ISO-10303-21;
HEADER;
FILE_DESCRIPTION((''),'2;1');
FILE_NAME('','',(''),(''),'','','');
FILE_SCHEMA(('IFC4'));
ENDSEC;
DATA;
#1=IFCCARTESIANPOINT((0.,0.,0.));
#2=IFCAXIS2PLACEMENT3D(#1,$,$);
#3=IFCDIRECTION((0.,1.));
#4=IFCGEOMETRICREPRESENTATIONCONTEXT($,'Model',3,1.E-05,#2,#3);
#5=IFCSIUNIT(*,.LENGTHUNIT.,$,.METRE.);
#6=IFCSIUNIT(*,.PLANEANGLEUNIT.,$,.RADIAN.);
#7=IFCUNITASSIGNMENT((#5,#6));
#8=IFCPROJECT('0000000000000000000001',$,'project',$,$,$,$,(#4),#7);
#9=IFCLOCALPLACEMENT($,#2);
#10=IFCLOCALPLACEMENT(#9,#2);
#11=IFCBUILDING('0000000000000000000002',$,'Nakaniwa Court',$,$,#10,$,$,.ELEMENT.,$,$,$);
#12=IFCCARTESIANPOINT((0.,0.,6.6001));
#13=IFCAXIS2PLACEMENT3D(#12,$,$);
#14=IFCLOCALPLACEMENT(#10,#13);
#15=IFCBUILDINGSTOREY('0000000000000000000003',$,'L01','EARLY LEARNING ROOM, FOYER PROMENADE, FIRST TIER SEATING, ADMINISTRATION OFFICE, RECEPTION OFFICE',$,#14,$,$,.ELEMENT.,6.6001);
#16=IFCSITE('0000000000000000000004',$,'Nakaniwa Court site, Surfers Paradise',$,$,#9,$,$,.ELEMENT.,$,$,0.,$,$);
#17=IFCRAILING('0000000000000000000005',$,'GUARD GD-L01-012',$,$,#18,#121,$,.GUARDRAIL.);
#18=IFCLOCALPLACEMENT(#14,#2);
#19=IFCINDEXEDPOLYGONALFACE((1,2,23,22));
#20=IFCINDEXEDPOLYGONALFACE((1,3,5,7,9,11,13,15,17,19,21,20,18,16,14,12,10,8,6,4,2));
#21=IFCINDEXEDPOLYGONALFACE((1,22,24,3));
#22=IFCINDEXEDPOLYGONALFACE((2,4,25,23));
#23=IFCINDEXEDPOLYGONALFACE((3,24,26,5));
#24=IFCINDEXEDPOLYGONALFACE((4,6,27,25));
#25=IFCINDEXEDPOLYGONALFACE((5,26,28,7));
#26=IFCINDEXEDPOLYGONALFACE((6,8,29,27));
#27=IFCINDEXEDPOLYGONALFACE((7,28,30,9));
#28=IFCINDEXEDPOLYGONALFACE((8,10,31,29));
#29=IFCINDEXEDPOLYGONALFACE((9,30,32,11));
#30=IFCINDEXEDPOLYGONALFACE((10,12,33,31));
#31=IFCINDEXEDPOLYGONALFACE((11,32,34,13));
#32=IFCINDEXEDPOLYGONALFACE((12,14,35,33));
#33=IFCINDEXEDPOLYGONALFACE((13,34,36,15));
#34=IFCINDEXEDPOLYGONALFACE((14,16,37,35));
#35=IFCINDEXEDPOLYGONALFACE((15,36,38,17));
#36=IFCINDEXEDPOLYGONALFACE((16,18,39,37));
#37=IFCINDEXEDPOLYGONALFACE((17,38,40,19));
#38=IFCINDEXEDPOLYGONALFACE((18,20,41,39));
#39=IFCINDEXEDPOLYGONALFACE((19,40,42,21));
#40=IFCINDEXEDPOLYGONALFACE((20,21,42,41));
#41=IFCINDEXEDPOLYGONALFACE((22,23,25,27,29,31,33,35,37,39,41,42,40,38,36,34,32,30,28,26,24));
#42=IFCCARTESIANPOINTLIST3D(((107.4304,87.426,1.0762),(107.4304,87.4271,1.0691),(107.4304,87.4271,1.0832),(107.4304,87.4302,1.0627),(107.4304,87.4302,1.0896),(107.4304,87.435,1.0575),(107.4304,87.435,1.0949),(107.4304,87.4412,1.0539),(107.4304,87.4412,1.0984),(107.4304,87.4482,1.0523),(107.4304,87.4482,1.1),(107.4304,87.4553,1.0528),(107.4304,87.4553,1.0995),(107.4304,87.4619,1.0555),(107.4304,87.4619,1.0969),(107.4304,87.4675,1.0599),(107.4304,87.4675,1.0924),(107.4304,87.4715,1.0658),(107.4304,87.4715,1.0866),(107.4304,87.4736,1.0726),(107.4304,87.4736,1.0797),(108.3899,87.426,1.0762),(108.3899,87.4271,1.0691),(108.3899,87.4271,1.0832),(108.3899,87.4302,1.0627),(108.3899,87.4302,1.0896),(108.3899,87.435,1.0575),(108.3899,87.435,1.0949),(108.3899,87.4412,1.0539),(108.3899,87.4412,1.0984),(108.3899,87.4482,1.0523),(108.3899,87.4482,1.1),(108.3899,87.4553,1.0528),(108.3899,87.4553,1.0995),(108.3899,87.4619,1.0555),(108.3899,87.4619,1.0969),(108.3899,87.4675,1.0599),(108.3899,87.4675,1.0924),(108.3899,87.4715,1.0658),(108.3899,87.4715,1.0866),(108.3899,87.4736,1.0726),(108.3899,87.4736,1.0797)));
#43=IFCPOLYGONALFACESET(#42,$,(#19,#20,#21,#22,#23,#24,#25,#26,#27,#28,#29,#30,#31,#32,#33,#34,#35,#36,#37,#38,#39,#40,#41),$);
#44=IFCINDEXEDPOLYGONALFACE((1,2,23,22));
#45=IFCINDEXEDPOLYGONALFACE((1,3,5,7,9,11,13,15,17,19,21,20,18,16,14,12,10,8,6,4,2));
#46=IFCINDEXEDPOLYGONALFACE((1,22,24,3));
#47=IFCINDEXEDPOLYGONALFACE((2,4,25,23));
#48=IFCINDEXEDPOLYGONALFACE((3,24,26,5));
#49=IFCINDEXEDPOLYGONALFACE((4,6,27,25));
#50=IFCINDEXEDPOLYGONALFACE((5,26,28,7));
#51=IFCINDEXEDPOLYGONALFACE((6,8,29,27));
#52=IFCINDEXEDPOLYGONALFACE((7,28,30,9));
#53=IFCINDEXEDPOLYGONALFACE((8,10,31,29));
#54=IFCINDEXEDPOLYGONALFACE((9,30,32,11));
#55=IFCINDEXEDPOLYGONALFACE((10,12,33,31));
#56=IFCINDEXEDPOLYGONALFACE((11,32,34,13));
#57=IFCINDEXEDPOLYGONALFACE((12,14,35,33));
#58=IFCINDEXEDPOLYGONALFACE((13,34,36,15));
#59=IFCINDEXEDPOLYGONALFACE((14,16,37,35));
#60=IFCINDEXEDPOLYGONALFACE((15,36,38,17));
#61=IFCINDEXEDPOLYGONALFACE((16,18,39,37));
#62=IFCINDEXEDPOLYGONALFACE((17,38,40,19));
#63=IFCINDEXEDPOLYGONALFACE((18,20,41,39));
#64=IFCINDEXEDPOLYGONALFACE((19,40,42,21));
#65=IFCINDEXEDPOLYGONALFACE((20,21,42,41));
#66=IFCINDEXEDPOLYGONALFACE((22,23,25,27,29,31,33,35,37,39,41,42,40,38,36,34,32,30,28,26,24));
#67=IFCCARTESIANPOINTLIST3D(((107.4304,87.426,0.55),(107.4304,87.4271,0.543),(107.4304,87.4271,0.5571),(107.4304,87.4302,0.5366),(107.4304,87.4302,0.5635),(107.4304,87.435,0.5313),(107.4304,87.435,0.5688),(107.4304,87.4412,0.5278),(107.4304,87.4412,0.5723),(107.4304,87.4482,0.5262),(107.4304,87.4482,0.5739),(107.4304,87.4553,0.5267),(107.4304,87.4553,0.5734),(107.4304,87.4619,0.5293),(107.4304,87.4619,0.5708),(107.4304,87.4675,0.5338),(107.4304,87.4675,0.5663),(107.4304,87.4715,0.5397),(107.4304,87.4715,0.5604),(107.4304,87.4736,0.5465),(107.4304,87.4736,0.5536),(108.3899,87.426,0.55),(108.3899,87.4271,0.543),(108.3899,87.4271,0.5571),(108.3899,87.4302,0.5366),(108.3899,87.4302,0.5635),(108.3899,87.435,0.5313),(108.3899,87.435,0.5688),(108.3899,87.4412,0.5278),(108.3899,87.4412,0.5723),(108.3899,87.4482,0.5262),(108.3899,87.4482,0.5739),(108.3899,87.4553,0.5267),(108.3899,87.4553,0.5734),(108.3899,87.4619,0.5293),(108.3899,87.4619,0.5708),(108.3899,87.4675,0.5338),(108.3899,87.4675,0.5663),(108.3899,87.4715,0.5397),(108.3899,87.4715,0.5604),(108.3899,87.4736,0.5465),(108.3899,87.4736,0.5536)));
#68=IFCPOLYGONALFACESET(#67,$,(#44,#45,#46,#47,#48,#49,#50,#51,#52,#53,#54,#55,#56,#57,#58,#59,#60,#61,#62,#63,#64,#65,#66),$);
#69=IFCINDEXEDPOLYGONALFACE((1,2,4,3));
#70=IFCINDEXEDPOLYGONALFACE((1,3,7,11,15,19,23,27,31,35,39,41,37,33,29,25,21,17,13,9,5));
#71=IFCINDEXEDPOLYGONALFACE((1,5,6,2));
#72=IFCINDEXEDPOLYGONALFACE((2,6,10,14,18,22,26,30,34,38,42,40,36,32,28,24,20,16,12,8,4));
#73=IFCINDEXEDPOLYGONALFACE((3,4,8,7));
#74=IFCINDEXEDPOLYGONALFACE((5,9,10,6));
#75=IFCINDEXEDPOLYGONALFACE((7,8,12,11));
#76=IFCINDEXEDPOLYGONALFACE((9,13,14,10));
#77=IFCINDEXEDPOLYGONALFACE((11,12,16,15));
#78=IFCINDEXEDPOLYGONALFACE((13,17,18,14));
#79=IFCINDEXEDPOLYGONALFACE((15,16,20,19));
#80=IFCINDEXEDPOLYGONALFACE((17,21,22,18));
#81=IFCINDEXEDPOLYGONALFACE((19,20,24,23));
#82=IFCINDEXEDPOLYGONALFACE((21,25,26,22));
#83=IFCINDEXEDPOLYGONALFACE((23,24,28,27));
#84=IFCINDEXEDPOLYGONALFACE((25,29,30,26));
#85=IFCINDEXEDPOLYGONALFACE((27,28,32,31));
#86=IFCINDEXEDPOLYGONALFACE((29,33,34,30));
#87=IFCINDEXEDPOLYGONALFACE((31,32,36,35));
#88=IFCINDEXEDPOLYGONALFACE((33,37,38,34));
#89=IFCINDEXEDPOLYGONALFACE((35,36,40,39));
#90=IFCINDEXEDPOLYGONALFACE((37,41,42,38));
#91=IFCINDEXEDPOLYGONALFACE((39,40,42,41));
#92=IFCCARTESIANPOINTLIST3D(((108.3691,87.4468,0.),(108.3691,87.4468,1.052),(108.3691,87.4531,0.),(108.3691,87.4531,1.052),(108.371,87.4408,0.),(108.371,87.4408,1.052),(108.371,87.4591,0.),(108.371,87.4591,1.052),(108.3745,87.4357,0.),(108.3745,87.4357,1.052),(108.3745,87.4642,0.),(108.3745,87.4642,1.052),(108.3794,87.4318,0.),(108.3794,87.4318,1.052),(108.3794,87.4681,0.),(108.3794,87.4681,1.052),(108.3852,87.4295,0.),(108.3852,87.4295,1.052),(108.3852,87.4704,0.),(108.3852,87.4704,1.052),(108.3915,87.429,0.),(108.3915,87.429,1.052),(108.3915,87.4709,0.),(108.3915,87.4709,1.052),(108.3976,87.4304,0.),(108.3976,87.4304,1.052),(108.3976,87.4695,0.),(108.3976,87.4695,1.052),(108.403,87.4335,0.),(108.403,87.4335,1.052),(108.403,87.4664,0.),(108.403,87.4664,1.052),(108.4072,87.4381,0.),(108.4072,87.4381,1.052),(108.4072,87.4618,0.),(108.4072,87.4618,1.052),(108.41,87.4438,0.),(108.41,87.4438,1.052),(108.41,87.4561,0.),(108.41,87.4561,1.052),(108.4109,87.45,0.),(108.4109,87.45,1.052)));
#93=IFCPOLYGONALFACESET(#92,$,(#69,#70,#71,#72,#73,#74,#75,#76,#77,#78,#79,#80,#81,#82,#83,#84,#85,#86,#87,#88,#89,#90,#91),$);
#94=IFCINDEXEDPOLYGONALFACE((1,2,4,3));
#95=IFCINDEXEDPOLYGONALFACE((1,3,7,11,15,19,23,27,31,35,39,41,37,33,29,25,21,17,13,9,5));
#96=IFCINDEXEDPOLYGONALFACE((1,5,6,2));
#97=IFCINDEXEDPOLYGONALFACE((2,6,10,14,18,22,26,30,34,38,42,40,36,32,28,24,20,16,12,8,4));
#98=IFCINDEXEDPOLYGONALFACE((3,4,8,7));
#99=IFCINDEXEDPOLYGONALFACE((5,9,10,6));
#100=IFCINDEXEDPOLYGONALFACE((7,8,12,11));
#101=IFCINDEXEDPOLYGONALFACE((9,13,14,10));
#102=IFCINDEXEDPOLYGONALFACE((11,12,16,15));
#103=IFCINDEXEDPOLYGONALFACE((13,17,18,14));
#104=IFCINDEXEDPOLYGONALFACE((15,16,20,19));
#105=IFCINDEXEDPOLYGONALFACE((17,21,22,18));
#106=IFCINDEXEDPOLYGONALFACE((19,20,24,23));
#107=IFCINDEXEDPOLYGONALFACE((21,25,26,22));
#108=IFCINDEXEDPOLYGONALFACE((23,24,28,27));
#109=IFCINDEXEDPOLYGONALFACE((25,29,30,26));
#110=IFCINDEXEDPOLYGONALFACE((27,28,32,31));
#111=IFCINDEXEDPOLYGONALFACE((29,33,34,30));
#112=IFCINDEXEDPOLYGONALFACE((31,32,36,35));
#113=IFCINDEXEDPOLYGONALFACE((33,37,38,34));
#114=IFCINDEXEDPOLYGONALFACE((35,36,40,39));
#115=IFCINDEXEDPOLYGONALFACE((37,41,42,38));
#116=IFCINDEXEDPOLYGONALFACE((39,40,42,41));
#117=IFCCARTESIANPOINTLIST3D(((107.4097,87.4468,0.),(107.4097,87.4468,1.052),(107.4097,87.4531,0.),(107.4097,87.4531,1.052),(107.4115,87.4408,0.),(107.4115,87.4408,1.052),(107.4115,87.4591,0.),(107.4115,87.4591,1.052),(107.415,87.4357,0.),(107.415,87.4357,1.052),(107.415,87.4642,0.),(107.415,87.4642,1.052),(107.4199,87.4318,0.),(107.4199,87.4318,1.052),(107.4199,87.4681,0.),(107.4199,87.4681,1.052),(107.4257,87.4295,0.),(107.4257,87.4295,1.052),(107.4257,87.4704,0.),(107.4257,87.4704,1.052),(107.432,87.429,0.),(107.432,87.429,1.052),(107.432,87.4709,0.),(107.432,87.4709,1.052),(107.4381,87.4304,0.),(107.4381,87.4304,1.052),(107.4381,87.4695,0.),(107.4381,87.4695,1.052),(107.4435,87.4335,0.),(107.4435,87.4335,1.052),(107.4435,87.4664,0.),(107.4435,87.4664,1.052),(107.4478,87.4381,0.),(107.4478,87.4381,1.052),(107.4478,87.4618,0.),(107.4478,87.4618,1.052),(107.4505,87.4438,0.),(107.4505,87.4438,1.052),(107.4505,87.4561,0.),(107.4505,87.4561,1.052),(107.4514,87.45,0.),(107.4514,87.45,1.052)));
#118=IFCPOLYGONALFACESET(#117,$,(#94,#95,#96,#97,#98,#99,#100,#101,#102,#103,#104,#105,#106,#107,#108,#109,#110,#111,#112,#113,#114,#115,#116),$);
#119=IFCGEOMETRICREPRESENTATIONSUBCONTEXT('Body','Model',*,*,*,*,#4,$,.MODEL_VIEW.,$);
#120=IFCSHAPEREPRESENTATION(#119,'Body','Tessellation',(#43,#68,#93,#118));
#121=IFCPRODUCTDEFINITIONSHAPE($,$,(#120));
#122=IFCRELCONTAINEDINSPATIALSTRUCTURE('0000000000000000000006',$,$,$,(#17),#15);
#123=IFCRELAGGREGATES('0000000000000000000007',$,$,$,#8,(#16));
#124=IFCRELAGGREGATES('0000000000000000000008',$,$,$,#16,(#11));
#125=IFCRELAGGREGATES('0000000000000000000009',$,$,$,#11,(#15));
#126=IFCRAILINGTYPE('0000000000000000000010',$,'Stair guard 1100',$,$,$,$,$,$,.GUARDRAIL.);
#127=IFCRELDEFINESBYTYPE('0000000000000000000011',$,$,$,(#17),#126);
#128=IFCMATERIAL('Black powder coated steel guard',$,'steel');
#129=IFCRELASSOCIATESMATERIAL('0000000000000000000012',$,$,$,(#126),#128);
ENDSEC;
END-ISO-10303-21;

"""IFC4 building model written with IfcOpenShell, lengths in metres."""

from ifc_helpers import new_model, si_unit, direction, frame, origin, origin_2d, place, context, subcontext, project, spatial, circle, extrude, material, type_object, element, save


model = new_model("IFC4")

# Units and contexts
model_context = context("Model", 3, precision=1e-05, world=origin(), true_north=direction((0.0, 1.0)))
body_context = subcontext(model_context, "Body", "Model", "MODEL_VIEW")
ifc_project = project(units=[si_unit("LENGTHUNIT", "METRE"), si_unit("PLANEANGLEUNIT", "RADIAN")], contexts=[model_context])

# Site, building, storey
site_placement = place(None, origin())
site = spatial("IfcSite", under=ifc_project, at=site_placement, Name="Nakaniwa Court site, Surfers Paradise", CompositionType="ELEMENT", RefElevation=0.0)
building_placement = place(site_placement, origin())
building = spatial("IfcBuilding", under=site, at=building_placement, Name="Nakaniwa Court", CompositionType="ELEMENT")
storey_placement = place(building_placement, frame((0.0, 0.0, 6.6001)))
storey = spatial("IfcBuildingStorey", under=building, at=storey_placement, Name="L01", Description="EARLY LEARNING ROOM, FOYER PROMENADE, FIRST TIER SEATING, ADMINISTRATION OFFICE, RECEPTION OFFICE", CompositionType="ELEMENT", Elevation=6.6001)

# Railing
ifc_material_1 = material(Name="Black powder coated steel guard", Category="steel")
railing_type = type_object("IfcRailingType", Name="Stair guard 1100", PredefinedType="GUARDRAIL", material=ifc_material_1)
railing_1_placement = place(storey_placement, frame((108.3899, 87.45, 0.0)))
element("IfcRailing", 1, at=railing_1_placement, inside=storey, type_object=railing_type, Name="GUARD GD-L01-012", PredefinedType="GUARDRAIL", context=body_context, shape_type="SweptSolid", body=[
    extrude(circle(Radius=0.0239, at=origin_2d()), frame((0.0, 0.0, 1.0762), z_axis=(-1.0, 0.0, 0.0), x_axis=(0.0, -1.0, 0.0)), (0.0, 0.0, 1.0), 0.9595),
    extrude(circle(Radius=0.0239, at=origin_2d()), frame((0.0, 0.0, 0.55), z_axis=(-1.0, 0.0, 0.0), x_axis=(0.0, -1.0, 0.0)), (0.0, 0.0, 1.0), 0.9595),
    extrude(circle(Radius=0.021, at=origin_2d()), origin(), (0.0, 0.0, 1.0), 1.052),
    extrude(circle(Radius=0.021, at=origin_2d()), frame((-0.9595, 0.0, 0.0)), (0.0, 0.0, 1.0), 1.052),
])

save(model, "model.ifc")
